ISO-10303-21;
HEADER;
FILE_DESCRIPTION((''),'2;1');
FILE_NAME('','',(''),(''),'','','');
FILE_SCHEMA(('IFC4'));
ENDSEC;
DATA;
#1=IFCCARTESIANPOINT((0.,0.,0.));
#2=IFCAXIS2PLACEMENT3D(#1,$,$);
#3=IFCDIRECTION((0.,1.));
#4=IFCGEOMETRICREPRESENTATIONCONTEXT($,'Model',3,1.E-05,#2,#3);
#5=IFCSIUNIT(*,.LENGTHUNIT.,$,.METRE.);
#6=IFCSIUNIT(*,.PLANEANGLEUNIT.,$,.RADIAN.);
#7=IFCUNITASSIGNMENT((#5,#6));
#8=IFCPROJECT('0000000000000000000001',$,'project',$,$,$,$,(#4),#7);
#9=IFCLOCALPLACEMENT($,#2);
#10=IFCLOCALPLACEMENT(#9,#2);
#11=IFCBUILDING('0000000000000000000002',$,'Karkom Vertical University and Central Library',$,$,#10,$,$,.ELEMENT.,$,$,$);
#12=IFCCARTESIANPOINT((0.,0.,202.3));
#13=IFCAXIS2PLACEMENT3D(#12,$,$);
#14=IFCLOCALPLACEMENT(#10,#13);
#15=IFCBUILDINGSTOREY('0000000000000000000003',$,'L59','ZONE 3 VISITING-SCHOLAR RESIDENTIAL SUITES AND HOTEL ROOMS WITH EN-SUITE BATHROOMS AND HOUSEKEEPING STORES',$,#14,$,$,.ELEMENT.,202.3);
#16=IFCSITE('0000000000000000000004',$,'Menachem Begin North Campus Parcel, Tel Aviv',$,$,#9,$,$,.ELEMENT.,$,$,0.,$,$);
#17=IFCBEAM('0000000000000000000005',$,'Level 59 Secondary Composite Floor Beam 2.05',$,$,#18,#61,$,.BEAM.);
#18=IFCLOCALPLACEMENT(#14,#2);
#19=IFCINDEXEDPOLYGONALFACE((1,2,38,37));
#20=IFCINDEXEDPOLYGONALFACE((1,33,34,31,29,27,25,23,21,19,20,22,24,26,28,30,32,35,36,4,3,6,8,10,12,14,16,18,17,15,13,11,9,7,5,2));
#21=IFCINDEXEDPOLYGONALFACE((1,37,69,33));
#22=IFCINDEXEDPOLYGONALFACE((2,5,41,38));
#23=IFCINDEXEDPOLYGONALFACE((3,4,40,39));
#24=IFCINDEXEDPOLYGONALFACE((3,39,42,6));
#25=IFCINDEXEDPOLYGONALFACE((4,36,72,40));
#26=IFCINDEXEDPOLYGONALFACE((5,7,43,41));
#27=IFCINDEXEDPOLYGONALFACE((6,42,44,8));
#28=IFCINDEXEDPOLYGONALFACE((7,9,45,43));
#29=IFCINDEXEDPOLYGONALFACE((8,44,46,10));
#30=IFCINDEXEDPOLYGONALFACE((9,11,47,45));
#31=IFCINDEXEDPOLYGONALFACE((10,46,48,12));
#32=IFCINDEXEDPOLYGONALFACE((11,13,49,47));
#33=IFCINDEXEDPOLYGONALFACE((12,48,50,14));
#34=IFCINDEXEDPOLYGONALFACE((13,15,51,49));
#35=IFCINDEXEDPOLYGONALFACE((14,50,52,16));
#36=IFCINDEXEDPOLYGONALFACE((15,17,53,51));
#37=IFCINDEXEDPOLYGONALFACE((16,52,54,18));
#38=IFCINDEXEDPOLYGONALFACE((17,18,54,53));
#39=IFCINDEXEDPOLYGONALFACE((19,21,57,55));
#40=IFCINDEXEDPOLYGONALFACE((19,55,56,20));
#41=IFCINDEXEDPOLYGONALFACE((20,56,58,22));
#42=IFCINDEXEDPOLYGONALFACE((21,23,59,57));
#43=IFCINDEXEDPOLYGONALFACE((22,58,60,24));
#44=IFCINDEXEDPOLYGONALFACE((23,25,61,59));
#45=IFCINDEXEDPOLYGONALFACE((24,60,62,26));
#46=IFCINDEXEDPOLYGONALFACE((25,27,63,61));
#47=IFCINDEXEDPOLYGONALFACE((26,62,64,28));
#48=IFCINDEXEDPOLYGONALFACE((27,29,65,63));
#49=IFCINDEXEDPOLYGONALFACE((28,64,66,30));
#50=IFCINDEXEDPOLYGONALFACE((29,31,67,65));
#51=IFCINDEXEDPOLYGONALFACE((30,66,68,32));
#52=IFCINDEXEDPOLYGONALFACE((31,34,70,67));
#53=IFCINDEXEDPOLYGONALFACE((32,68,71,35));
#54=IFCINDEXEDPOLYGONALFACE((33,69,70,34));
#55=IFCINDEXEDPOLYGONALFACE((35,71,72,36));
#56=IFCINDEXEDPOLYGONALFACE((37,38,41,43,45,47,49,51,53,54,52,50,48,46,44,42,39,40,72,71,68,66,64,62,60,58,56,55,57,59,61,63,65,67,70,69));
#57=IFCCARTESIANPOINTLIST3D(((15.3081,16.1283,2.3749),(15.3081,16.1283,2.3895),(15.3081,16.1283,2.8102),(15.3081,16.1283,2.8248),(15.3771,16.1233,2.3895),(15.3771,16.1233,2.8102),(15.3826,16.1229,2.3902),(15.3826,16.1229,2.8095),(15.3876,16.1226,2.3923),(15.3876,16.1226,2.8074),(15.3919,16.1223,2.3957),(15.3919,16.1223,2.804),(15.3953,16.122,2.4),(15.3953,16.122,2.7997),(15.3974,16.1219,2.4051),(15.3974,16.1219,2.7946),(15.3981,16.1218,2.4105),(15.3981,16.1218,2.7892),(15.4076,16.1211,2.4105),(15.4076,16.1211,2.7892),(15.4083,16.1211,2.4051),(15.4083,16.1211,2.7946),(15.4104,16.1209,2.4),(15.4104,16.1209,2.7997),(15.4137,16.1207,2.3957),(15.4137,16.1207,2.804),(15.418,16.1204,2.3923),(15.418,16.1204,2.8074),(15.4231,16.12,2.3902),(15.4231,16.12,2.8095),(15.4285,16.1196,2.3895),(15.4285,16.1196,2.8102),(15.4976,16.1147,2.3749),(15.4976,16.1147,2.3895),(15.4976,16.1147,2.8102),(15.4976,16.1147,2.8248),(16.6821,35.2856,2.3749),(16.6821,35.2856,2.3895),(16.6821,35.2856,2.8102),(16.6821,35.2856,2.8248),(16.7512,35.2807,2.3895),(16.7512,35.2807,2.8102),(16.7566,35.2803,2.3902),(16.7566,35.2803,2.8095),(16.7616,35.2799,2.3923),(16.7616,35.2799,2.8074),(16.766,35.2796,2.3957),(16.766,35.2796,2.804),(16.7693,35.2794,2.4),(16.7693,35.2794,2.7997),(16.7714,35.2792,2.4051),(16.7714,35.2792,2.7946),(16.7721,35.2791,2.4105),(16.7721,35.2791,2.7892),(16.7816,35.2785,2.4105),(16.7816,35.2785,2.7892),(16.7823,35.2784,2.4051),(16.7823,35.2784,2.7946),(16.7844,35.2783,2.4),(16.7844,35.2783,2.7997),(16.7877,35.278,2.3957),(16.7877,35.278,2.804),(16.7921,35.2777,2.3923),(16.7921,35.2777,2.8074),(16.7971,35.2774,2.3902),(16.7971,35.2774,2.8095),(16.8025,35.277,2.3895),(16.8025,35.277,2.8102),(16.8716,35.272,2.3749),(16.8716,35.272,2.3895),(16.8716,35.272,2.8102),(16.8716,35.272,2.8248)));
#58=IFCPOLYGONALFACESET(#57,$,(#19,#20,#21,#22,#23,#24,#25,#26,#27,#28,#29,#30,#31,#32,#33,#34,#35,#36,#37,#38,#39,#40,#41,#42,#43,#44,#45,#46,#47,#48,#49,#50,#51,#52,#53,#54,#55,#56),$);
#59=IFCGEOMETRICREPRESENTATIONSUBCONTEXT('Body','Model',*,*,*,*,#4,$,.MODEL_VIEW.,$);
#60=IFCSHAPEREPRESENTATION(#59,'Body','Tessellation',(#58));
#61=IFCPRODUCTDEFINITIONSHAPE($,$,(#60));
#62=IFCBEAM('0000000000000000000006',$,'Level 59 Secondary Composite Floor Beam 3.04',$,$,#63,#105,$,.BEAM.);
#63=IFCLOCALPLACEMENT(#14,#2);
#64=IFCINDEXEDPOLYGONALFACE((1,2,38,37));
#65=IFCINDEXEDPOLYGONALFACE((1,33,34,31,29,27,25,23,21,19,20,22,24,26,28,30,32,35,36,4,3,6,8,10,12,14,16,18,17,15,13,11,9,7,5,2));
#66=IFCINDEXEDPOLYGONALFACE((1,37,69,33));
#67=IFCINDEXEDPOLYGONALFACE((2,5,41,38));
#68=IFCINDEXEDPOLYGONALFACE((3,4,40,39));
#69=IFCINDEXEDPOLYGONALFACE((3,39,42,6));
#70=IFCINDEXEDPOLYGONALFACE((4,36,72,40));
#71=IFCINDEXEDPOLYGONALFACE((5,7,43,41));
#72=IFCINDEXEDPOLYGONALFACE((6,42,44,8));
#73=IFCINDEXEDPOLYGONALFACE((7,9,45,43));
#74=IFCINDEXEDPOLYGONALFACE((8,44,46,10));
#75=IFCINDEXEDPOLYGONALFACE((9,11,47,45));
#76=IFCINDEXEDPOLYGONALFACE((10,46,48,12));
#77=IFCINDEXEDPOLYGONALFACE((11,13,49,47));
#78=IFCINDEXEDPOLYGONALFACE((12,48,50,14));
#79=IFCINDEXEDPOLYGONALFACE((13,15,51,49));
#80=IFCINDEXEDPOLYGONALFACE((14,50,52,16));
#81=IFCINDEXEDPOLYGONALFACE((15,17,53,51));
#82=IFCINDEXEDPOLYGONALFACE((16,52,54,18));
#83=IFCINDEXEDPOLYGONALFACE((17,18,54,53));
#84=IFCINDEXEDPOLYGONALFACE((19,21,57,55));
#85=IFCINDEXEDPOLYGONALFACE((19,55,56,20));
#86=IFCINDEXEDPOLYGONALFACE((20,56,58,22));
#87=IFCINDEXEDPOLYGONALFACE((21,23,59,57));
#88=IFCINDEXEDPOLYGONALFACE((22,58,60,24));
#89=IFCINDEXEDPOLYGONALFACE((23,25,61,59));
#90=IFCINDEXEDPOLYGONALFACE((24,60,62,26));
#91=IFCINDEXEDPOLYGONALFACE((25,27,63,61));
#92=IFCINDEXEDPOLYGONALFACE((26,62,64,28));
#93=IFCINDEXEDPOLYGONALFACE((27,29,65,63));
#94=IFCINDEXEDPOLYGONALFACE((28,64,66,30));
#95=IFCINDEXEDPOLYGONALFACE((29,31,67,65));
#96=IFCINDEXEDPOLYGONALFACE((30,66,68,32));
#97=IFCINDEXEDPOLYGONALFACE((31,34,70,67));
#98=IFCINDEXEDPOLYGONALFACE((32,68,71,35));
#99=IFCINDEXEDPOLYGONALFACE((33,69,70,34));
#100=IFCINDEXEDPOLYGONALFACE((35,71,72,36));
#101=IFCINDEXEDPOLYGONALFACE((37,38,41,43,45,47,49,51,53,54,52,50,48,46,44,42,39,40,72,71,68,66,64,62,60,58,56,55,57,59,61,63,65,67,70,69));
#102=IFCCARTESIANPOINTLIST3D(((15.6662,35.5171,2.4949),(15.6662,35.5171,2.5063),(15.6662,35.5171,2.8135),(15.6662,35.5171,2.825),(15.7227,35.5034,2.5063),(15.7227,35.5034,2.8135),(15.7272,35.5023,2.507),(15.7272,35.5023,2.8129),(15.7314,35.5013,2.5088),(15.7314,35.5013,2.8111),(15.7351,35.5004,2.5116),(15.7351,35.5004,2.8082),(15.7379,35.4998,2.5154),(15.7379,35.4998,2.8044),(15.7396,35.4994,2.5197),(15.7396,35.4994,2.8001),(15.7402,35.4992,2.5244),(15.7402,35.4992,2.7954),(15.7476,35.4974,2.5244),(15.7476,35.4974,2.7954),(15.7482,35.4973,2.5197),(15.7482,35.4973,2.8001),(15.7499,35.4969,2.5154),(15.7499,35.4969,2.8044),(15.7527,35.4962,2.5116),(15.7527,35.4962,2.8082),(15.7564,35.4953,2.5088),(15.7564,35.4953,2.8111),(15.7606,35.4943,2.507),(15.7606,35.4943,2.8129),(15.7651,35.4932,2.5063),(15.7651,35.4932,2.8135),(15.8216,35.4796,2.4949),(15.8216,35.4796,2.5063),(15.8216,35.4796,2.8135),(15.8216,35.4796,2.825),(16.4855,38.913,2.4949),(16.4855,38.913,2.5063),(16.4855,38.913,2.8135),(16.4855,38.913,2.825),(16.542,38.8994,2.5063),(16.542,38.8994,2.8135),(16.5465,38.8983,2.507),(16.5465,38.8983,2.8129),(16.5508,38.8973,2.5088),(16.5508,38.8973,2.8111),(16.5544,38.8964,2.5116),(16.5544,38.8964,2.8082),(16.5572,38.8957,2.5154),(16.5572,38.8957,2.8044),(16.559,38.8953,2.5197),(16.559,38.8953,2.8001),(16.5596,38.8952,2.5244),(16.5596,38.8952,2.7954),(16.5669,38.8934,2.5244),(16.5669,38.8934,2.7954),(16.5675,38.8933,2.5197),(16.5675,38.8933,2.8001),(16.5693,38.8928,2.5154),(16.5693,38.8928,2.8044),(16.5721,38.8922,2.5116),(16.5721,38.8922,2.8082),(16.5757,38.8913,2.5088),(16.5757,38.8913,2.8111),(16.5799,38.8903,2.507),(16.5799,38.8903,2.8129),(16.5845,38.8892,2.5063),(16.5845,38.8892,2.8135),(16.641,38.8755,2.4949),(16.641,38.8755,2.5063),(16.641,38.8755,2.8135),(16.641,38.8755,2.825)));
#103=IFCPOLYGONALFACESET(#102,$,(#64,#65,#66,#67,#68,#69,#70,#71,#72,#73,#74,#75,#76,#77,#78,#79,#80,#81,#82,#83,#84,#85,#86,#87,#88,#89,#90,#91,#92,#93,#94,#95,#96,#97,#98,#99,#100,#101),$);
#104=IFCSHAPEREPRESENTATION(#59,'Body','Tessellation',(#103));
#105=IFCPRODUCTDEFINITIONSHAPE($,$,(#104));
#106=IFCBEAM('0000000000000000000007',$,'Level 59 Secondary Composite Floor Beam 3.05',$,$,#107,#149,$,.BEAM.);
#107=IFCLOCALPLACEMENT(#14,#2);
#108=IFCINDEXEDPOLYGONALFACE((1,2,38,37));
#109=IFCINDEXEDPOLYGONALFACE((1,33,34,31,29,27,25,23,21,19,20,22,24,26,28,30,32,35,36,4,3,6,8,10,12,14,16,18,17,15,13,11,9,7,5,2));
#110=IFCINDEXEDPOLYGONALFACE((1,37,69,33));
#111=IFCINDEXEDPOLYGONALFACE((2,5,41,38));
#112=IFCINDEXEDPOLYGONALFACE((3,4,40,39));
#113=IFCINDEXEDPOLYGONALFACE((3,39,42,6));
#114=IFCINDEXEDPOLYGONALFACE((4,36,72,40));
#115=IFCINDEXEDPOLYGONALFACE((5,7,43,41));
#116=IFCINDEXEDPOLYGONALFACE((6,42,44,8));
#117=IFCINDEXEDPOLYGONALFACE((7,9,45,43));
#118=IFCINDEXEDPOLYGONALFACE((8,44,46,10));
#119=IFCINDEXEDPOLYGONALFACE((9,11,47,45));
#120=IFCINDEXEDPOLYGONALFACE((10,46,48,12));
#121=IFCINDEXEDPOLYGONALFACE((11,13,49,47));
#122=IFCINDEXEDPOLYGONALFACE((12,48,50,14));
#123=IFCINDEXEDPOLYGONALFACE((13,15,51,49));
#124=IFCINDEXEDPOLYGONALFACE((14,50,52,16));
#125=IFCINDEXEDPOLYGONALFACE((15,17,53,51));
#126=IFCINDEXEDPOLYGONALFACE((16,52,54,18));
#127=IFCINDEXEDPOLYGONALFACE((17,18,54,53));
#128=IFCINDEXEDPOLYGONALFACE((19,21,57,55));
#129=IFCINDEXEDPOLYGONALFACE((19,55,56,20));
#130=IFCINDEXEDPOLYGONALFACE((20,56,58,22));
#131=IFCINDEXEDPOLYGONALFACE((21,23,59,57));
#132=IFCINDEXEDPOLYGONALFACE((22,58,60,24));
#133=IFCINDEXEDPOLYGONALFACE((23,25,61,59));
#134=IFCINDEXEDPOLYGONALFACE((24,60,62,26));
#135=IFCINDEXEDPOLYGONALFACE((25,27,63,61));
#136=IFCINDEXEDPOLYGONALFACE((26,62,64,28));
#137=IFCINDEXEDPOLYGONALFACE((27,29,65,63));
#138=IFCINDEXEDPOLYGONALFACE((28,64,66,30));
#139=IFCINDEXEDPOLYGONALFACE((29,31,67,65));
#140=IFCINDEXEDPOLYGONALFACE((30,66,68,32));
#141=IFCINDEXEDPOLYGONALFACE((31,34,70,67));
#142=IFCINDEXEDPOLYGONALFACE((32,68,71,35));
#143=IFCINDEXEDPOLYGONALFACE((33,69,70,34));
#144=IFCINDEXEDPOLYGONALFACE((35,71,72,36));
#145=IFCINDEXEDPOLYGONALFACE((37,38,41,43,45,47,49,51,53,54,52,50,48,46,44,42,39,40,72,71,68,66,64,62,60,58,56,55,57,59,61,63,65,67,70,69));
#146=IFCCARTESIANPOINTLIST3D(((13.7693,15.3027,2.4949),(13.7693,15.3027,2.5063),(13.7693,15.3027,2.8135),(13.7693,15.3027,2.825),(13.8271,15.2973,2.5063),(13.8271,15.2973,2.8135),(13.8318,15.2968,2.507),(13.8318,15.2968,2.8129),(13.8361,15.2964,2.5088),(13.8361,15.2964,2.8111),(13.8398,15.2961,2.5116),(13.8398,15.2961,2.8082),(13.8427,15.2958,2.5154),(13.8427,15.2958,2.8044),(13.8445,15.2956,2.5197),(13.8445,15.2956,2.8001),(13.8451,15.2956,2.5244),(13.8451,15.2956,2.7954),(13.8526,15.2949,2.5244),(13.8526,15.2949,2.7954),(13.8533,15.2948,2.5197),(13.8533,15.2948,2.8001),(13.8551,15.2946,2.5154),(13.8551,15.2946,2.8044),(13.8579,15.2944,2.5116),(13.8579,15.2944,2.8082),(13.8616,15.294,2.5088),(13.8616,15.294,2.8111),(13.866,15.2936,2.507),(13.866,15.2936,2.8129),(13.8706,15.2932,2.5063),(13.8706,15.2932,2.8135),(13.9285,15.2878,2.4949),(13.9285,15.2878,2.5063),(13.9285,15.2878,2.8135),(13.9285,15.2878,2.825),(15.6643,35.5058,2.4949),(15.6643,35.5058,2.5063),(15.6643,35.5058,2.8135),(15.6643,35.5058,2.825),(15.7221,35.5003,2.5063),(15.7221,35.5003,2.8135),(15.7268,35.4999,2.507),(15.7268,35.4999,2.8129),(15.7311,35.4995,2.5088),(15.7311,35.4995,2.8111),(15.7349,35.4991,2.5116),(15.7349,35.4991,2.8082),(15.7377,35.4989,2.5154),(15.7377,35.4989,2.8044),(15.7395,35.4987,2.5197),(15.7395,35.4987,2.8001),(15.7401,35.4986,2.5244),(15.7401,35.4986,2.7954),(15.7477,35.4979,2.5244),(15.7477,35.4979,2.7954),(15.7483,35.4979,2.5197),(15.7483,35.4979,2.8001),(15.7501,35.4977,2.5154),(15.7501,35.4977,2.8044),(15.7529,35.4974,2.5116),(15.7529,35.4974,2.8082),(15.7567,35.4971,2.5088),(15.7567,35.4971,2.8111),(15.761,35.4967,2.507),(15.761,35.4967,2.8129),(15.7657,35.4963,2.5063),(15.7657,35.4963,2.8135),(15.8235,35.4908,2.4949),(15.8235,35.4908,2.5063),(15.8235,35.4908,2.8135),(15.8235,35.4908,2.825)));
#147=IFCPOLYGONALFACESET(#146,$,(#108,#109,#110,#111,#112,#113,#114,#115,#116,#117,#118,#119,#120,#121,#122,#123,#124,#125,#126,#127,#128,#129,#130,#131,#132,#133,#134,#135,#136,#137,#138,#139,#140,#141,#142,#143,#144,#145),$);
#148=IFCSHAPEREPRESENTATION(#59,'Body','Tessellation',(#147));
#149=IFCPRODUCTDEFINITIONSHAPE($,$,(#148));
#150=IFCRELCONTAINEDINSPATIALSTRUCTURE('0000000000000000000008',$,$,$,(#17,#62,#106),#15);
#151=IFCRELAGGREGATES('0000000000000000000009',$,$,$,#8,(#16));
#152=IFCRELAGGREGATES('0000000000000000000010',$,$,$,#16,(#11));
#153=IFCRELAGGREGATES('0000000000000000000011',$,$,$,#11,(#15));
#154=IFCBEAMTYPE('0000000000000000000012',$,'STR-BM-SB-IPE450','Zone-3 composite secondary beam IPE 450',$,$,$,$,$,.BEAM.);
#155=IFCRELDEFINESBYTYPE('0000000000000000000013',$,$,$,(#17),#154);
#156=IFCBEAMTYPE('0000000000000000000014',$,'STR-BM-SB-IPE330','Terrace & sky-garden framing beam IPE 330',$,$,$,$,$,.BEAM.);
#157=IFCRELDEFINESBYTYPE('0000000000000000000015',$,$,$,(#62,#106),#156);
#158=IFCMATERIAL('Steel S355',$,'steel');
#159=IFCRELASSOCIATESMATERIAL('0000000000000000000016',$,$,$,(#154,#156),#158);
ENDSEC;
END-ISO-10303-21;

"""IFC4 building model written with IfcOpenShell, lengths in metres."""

from ifc_helpers import new_model, si_unit, direction, frame, origin, origin_with_axes, origin_2d, place, context, subcontext, project, spatial, i_section, extrude, source, transform, mapped, material, material_profile, profile_set, type_object, element, save


model = new_model("IFC4")

# Units and contexts
model_context = context("Model", 3, precision=1e-05, world=origin(), true_north=direction((0.0, 1.0)))
body_context = subcontext(model_context, "Body", "Model", "MODEL_VIEW")
ifc_project = project(units=[si_unit("LENGTHUNIT", "METRE"), si_unit("PLANEANGLEUNIT", "RADIAN")], contexts=[model_context])

# Site, building, storey
site_placement = place(None, origin())
site = spatial("IfcSite", under=ifc_project, at=site_placement, Name="Menachem Begin North Campus Parcel, Tel Aviv", CompositionType="ELEMENT", RefElevation=0.0)
building_placement = place(site_placement, origin())
building = spatial("IfcBuilding", under=site, at=building_placement, Name="Karkom Vertical University and Central Library", CompositionType="ELEMENT")
storey_placement = place(building_placement, frame((0.0, 0.0, 202.3)))
storey = spatial("IfcBuildingStorey", under=building, at=storey_placement, Name="L59", Description="ZONE 3 VISITING-SCHOLAR RESIDENTIAL SUITES AND HOTEL ROOMS WITH EN-SUITE BATHROOMS AND HOUSEKEEPING STORES", CompositionType="ELEMENT", Elevation=202.3)

# Beams
ifc_material_1 = material(Name="Steel S355", Category="steel")
ifc_material_profile_1 = material_profile(ifc_material_1, i_section(OverallWidth=0.1899, OverallDepth=0.45, WebThickness=0.0095, FlangeThickness=0.0146, FilletRadius=0.021, at=origin_2d()), Name="IPE 450")
ifc_profile_set_1 = profile_set([ifc_material_profile_1], Name="Steel S355")
beam_type_1 = type_object("IfcBeamType", Name="STR-BM-SB-IPE450", Description="Zone-3 composite secondary beam IPE 450", PredefinedType="BEAM", material=ifc_profile_set_1)
shared_shape_1 = source(origin_with_axes(), body_context, "Body", "SweptSolid", [
    extrude(i_section(OverallWidth=0.1899, OverallDepth=0.45, WebThickness=0.0095, FlangeThickness=0.0146, FilletRadius=0.021, at=origin_2d()), origin(), (0.0, 0.0, 1.0), 19.2065),
])
beam_1_placement = place(storey_placement, frame((16.7769, 35.2788, 2.5999), z_axis=(-0.07154, -0.997438, 0.0), x_axis=(0.997438, -0.07154, 0.0)))
element("IfcBeam", 1, at=beam_1_placement, inside=storey, type_object=beam_type_1, Name="Level 59 Secondary Composite Floor Beam 2.05", PredefinedType="BEAM", context=body_context, shape_type="MappedRepresentation", body=[
    mapped(shared_shape_1, transform((0.0, 0.0, 0.0), scale=1.0)),
])
ifc_material_profile_2 = material_profile(ifc_material_1, i_section(OverallWidth=0.1599, OverallDepth=0.3301, WebThickness=0.0076, FlangeThickness=0.0115, FilletRadius=0.0181, at=origin_2d()), Name="IPE 330")
ifc_profile_set_2 = profile_set([ifc_material_profile_2], Name="Steel S355")
beam_type_2 = type_object("IfcBeamType", Name="STR-BM-SB-IPE330", Description="Terrace & sky-garden framing beam IPE 330", PredefinedType="BEAM", material=ifc_profile_set_2)
shared_shape_2 = source(origin_with_axes(), body_context, "Body", "SweptSolid", [
    extrude(i_section(OverallWidth=0.1599, OverallDepth=0.3301, WebThickness=0.0076, FlangeThickness=0.0115, FilletRadius=0.0181, at=origin_2d()), origin(), (0.0, 0.0, 1.0), 3.4934),
])
beam_2_placement = place(storey_placement, frame((16.5632, 38.8943, 2.6599), z_axis=(-0.234536, -0.972107, 0.0), x_axis=(0.972107, -0.234536, 0.0)))
element("IfcBeam", 2, at=beam_2_placement, inside=storey, type_object=beam_type_2, Name="Level 59 Secondary Composite Floor Beam 3.04", PredefinedType="BEAM", context=body_context, shape_type="MappedRepresentation", body=[
    mapped(shared_shape_2, transform((0.0, 0.0, 0.0), scale=1.0)),
])
shared_shape_3 = source(origin_with_axes(), body_context, "Body", "SweptSolid", [
    extrude(i_section(OverallWidth=0.1599, OverallDepth=0.3301, WebThickness=0.0076, FlangeThickness=0.0115, FilletRadius=0.0181, at=origin_2d()), origin(), (0.0, 0.0, 1.0), 20.2917),
])
beam_3_placement = place(storey_placement, frame((15.7439, 35.4983, 2.6599), z_axis=(-0.093388, -0.99563, 0.0), x_axis=(0.99563, -0.093388, 0.0)))
element("IfcBeam", 3, at=beam_3_placement, inside=storey, type_object=beam_type_2, Name="Level 59 Secondary Composite Floor Beam 3.05", PredefinedType="BEAM", context=body_context, shape_type="MappedRepresentation", body=[
    mapped(shared_shape_3, transform((0.0, 0.0, 0.0), scale=1.0)),
])

save(model, "model.ifc")
